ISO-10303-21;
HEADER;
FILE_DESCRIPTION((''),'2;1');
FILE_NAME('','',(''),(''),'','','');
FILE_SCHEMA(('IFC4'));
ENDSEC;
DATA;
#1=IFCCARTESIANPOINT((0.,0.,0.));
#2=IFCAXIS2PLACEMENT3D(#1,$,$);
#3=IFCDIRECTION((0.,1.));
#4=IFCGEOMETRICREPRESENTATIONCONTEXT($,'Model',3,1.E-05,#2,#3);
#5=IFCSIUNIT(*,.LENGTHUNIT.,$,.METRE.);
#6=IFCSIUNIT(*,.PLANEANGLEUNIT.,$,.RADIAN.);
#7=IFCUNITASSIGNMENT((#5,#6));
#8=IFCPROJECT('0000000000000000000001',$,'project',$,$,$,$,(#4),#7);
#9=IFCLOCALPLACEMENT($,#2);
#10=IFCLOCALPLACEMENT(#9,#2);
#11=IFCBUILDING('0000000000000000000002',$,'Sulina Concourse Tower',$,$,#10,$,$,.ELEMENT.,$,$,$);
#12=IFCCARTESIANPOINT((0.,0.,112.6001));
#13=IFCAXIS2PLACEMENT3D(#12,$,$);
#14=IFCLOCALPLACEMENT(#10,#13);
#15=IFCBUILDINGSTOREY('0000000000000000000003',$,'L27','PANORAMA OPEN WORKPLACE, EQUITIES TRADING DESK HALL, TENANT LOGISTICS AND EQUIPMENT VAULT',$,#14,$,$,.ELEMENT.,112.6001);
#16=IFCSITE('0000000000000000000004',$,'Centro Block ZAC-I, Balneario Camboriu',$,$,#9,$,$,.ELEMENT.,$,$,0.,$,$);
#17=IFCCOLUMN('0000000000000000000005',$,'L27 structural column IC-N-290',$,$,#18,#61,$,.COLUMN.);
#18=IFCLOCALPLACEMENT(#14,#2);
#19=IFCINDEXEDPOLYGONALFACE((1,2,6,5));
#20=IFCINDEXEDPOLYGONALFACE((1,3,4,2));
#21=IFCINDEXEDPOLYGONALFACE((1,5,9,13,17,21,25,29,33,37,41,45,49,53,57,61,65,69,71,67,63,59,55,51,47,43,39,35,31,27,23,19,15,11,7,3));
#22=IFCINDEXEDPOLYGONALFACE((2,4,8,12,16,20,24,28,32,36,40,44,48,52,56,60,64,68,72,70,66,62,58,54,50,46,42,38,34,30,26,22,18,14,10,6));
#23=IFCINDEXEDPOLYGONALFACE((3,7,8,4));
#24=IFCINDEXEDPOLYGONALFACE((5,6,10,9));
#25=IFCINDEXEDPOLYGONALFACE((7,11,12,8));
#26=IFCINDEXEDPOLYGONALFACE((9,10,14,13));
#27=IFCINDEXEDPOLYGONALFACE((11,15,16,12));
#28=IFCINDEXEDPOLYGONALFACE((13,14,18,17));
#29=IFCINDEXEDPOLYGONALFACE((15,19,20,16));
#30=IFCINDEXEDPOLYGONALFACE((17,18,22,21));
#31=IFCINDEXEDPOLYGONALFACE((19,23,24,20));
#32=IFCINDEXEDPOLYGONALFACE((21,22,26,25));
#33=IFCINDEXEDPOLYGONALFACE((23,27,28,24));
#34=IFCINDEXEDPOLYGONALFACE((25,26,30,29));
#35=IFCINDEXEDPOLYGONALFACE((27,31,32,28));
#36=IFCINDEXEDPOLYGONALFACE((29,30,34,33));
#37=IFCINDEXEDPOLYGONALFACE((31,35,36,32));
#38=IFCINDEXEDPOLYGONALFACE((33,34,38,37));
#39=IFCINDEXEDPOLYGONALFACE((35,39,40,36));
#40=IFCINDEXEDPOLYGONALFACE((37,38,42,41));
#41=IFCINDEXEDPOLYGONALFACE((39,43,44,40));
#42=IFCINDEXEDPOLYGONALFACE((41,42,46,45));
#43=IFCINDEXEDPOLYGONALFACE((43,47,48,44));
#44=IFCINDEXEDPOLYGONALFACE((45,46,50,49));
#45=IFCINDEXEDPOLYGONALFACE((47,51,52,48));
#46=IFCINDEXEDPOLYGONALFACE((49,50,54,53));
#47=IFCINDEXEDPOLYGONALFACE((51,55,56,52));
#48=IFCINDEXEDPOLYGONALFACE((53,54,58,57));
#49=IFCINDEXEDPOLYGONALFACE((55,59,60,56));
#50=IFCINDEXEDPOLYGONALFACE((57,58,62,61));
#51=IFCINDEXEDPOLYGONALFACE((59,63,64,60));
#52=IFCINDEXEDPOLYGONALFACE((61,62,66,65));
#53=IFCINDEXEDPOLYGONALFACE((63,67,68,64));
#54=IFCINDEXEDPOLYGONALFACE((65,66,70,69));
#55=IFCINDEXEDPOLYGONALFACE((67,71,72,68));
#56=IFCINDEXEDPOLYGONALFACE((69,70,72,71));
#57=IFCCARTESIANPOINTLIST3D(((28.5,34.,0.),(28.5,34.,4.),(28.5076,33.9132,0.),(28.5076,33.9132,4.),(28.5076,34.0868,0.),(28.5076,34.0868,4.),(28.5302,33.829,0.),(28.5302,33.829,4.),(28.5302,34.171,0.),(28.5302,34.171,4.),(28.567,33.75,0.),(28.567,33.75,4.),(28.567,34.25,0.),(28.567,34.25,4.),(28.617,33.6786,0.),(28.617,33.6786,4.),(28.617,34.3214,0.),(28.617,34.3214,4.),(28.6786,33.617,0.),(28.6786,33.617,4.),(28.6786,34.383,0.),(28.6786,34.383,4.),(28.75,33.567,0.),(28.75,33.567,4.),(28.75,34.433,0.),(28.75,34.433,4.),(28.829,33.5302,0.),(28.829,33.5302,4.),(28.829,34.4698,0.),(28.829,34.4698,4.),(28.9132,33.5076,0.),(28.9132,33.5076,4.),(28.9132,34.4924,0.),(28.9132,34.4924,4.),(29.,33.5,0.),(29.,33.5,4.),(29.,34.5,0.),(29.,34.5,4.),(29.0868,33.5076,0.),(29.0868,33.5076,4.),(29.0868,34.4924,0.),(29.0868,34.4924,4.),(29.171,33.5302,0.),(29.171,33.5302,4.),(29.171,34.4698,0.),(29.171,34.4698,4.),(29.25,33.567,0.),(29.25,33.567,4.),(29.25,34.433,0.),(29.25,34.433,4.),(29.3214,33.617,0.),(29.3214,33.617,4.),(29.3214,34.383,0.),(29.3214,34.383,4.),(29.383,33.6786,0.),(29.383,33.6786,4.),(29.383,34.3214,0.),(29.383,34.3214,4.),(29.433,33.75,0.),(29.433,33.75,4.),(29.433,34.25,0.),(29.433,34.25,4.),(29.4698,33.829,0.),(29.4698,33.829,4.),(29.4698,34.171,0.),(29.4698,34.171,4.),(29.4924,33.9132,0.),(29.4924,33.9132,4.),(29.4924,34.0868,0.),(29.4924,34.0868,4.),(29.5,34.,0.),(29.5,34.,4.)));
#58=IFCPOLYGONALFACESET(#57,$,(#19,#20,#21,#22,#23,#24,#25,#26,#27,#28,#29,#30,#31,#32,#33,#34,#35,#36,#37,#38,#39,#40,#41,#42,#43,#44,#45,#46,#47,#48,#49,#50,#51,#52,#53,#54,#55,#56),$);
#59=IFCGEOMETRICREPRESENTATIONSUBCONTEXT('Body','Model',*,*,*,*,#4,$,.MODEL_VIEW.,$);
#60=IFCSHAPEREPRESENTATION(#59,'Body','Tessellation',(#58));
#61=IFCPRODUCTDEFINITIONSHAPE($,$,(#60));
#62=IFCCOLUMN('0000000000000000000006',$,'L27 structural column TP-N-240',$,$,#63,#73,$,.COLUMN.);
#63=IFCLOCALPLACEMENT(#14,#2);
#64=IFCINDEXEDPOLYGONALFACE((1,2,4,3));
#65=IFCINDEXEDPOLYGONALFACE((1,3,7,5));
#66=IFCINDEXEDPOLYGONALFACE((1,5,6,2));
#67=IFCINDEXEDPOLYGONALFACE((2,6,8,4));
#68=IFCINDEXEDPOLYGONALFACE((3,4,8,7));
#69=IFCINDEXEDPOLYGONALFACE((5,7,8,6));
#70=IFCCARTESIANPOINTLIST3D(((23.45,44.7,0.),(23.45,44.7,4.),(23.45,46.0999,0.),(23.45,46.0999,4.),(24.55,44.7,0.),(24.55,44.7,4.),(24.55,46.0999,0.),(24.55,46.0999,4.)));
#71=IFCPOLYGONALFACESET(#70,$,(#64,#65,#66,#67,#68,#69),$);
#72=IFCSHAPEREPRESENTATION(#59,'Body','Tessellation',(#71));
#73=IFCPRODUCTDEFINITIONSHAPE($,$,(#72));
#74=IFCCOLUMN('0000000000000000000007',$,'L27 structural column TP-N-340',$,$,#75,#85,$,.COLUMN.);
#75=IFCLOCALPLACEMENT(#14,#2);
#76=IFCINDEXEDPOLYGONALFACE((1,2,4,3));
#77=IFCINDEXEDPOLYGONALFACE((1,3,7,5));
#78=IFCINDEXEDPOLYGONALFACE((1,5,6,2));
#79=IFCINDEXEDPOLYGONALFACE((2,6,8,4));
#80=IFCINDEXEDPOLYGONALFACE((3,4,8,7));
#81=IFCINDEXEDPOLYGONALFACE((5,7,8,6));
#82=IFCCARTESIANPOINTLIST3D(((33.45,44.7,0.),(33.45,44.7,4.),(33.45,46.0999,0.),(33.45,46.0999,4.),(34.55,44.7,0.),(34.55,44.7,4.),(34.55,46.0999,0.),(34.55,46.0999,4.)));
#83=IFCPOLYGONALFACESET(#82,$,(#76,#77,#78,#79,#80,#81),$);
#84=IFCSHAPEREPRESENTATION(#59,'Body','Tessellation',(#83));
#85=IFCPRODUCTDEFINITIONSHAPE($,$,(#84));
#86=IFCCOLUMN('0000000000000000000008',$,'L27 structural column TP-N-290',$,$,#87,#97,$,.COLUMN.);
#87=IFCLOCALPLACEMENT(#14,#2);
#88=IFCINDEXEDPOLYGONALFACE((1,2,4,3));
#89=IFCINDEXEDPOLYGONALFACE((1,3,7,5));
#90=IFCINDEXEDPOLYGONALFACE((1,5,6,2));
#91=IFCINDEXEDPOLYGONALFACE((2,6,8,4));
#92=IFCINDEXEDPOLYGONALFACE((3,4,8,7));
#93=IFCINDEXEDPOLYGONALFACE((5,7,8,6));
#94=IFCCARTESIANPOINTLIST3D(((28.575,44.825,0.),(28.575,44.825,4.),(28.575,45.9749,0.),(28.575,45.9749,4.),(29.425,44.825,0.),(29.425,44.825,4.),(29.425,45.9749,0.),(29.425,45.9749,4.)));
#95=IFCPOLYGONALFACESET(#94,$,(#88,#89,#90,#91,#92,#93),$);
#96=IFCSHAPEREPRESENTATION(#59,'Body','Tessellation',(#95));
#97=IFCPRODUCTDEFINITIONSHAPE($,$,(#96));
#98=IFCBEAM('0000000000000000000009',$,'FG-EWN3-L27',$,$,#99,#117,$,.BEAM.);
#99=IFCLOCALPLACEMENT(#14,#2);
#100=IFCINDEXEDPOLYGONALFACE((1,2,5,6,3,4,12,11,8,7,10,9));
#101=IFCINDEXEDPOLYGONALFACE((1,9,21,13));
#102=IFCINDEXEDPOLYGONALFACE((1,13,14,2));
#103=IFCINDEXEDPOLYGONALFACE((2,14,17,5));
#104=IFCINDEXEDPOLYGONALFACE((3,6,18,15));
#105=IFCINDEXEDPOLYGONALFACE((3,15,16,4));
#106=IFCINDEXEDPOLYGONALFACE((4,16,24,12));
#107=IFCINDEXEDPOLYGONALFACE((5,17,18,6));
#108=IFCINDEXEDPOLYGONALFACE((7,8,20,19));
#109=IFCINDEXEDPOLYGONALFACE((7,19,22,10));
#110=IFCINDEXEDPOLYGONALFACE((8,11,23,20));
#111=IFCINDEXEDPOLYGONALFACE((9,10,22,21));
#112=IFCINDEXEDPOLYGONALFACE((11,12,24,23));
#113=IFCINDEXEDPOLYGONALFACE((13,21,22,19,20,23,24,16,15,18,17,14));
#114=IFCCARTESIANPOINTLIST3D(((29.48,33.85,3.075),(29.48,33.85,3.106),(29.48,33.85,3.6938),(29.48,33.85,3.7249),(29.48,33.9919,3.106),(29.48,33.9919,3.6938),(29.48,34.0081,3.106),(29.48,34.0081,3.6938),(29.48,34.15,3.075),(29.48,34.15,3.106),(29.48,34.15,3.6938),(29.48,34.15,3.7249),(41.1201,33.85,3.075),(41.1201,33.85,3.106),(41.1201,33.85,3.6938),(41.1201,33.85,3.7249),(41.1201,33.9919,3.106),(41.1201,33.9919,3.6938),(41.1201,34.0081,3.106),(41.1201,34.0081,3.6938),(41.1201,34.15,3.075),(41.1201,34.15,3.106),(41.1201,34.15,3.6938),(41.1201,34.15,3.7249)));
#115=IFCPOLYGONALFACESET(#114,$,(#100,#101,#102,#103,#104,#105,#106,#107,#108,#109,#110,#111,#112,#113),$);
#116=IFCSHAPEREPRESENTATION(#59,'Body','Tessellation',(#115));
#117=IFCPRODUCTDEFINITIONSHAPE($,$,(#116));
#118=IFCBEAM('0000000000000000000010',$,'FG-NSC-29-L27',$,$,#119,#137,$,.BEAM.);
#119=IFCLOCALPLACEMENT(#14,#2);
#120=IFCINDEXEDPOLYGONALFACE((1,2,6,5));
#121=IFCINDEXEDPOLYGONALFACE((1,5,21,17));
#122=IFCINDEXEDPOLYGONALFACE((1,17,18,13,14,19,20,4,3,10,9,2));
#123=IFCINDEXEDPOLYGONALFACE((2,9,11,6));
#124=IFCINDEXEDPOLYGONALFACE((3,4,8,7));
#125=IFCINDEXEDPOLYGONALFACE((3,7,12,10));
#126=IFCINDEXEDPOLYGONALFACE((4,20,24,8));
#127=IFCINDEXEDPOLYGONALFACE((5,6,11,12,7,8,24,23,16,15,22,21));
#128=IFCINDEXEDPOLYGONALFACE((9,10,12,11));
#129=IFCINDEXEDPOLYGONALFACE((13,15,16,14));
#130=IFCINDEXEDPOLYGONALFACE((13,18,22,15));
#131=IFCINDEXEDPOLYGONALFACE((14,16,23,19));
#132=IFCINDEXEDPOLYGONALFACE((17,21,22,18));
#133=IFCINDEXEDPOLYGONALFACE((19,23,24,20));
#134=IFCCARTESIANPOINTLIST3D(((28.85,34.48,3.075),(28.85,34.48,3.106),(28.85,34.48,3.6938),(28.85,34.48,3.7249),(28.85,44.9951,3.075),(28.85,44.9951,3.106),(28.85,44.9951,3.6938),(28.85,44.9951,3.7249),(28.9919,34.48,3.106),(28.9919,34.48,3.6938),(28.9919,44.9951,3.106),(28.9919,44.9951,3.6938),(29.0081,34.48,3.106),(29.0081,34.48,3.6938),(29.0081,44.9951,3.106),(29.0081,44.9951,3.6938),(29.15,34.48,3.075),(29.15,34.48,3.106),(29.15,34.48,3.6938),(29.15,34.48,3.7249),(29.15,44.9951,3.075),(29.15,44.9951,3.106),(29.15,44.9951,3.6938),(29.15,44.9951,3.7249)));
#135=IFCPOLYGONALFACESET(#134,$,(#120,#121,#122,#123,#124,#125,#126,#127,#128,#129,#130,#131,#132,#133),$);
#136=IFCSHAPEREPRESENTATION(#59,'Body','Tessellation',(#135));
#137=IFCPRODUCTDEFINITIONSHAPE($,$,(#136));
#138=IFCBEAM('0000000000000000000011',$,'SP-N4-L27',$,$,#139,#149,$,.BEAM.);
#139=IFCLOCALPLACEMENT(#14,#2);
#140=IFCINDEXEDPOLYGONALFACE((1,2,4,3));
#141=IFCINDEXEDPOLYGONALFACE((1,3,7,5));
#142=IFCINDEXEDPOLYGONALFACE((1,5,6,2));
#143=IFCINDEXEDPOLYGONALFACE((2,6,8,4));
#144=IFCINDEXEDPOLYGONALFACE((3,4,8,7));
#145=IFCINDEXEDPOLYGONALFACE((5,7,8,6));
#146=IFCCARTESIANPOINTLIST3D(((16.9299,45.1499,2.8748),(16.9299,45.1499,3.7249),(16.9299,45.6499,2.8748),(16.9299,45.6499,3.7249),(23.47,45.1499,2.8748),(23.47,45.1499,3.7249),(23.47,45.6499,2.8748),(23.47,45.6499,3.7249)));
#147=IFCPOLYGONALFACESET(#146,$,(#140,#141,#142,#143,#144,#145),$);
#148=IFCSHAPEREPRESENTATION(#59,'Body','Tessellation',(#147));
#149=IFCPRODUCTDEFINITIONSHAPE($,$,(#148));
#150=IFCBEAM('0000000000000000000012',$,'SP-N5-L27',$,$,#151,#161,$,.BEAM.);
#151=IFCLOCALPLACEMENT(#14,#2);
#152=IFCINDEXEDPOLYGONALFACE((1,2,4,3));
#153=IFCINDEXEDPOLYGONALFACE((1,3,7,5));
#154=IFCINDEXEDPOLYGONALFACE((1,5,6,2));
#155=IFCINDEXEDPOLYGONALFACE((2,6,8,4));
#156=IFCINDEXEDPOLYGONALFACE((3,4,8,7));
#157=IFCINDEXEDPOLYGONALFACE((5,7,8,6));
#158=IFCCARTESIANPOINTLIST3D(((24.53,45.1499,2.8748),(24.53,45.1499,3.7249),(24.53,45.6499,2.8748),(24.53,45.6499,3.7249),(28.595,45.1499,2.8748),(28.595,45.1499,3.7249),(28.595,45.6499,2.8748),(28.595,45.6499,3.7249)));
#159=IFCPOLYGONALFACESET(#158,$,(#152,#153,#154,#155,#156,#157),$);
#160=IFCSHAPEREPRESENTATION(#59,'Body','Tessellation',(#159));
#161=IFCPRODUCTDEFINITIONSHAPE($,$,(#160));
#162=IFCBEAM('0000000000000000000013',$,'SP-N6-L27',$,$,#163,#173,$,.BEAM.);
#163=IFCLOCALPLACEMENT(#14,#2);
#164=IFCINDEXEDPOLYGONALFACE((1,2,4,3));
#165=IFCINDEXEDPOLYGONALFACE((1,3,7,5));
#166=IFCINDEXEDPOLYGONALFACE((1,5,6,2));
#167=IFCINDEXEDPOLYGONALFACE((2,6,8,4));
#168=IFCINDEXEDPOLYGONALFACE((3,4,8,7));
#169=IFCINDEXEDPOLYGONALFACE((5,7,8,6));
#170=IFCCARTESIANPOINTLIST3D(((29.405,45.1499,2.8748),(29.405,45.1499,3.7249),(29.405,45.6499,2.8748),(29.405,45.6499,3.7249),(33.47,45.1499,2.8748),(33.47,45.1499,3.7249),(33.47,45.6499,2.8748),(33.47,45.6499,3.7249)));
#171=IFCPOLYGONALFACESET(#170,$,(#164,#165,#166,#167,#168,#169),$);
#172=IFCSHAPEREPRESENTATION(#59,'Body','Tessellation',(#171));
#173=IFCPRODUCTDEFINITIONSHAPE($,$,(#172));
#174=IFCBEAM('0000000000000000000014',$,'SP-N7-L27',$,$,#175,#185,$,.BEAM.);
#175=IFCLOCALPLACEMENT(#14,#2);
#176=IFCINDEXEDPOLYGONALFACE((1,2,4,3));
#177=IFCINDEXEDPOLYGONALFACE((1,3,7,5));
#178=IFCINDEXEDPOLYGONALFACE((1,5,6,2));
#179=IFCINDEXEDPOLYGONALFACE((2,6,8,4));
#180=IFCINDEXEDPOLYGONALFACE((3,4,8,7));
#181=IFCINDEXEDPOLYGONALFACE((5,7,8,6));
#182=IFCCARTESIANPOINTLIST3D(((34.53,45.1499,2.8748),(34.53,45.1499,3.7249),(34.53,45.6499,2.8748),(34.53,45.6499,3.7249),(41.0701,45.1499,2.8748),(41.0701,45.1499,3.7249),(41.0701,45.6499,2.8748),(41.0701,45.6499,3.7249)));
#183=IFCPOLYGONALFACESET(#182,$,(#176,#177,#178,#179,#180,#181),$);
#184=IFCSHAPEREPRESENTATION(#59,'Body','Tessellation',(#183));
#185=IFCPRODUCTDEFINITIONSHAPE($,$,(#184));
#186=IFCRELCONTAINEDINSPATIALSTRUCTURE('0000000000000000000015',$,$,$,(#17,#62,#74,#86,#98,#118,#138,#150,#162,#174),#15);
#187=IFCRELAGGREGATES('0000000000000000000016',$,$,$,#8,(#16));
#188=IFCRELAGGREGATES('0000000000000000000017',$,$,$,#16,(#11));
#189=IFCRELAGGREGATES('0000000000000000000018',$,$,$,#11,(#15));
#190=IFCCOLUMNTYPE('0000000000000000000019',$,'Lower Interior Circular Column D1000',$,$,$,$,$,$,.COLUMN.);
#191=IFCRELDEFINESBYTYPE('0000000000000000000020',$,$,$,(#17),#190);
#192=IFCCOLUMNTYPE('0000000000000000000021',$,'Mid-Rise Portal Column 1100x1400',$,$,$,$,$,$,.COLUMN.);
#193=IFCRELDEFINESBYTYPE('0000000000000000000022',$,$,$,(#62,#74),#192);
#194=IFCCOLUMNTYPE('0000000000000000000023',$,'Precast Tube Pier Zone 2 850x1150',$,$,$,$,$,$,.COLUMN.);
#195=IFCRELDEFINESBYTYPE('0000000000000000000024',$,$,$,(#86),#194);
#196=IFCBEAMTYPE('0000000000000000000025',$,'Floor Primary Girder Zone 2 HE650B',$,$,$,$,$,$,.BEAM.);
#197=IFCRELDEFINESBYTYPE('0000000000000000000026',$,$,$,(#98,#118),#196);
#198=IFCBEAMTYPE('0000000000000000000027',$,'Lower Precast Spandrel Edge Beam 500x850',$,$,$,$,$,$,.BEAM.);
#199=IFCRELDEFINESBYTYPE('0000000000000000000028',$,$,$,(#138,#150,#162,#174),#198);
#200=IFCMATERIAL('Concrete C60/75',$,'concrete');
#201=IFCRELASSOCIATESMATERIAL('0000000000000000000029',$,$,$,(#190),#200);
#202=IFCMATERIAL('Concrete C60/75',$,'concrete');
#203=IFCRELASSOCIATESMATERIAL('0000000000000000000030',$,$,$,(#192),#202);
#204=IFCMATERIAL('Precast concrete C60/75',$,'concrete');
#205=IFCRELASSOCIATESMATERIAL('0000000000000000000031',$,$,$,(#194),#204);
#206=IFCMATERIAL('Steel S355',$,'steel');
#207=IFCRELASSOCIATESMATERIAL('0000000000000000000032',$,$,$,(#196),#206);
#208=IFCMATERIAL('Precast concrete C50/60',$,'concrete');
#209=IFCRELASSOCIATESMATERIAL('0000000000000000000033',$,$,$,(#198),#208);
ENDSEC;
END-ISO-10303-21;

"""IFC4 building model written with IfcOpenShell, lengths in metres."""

from ifc_helpers import new_model, si_unit, direction, frame, origin, origin_2d, place, context, subcontext, project, spatial, rectangle, circle, i_section, extrude, material, material_profile, profile_set, type_object, element, save


model = new_model("IFC4")

# Units and contexts
model_context = context("Model", 3, precision=1e-05, world=origin(), true_north=direction((0.0, 1.0)))
body_context = subcontext(model_context, "Body", "Model", "MODEL_VIEW")
ifc_project = project(units=[si_unit("LENGTHUNIT", "METRE"), si_unit("PLANEANGLEUNIT", "RADIAN")], contexts=[model_context])

# Site, building, storey
site_placement = place(None, origin())
site = spatial("IfcSite", under=ifc_project, at=site_placement, Name="Centro Block ZAC-I, Balneario Camboriu", CompositionType="ELEMENT", RefElevation=0.0)
building_placement = place(site_placement, origin())
building = spatial("IfcBuilding", under=site, at=building_placement, Name="Sulina Concourse Tower", CompositionType="ELEMENT")
storey_placement = place(building_placement, frame((0.0, 0.0, 112.6001)))
storey = spatial("IfcBuildingStorey", under=building, at=storey_placement, Name="L27", Description="PANORAMA OPEN WORKPLACE, EQUITIES TRADING DESK HALL, TENANT LOGISTICS AND EQUIPMENT VAULT", CompositionType="ELEMENT", Elevation=112.6001)

# Columns
ifc_material_1 = material(Name="Concrete C60/75", Category="concrete")
ifc_material_profile_1 = material_profile(ifc_material_1, circle(Radius=0.5, at=origin_2d()), Name="RC D1000")
ifc_profile_set_1 = profile_set([ifc_material_profile_1], Name="Concrete C60/75")
column_type_1 = type_object("IfcColumnType", Name="Lower Interior Circular Column D1000", PredefinedType="COLUMN", material=ifc_profile_set_1)
column_1_placement = place(storey_placement, frame((29.0, 34.0, 0.0), z_axis=(0.0, 0.0, 1.0), x_axis=(1.0, 0.0, 0.0)))
element("IfcColumn", 1, at=column_1_placement, inside=storey, type_object=column_type_1, Name="L27 structural column IC-N-290", PredefinedType="COLUMN", context=body_context, shape_type="SweptSolid", body=[
    extrude(circle(Radius=0.5, at=origin_2d()), origin(), (0.0, 0.0, 1.0), 4.0),
])
ifc_material_2 = material(Name="Concrete C60/75", Category="concrete")
ifc_material_profile_2 = material_profile(ifc_material_2, rectangle(XDim=1.1001, YDim=1.3999, at=origin_2d()), Name="RC 1100x1400")
ifc_profile_set_2 = profile_set([ifc_material_profile_2], Name="Concrete C60/75")
column_type_2 = type_object("IfcColumnType", Name="Mid-Rise Portal Column 1100x1400", PredefinedType="COLUMN", material=ifc_profile_set_2)
for number, where, z_axis, x_axis, name in (
    (2, (24.0, 45.3999, 0.0), (0.0, 0.0, 1.0), (1.0, 0.0, 0.0), "L27 structural column TP-N-240"),
    (3, (34.0, 45.3999, 0.0), (0.0, 0.0, 1.0), (1.0, 0.0, 0.0), "L27 structural column TP-N-340"),
):
    element("IfcColumn", number, at=place(storey_placement, frame(where, z_axis=z_axis, x_axis=x_axis)), inside=storey, type_object=column_type_2, Name=name, PredefinedType="COLUMN", context=body_context, shape_type="SweptSolid", body=[
        extrude(rectangle(XDim=1.1001, YDim=1.3999, at=origin_2d()), origin(), (0.0, 0.0, 1.0), 4.0),
    ])
ifc_material_3 = material(Name="Precast concrete C60/75", Category="concrete")
ifc_material_profile_3 = material_profile(ifc_material_3, rectangle(XDim=0.8501, YDim=1.1499, at=origin_2d()), Name="PC 850x1150")
ifc_profile_set_3 = profile_set([ifc_material_profile_3], Name="Precast concrete C60/75")
column_type_3 = type_object("IfcColumnType", Name="Precast Tube Pier Zone 2 850x1150", PredefinedType="COLUMN", material=ifc_profile_set_3)
column_2_placement = place(storey_placement, frame((29.0, 45.3999, 0.0), z_axis=(0.0, 0.0, 1.0), x_axis=(1.0, 0.0, 0.0)))
element("IfcColumn", 4, at=column_2_placement, inside=storey, type_object=column_type_3, Name="L27 structural column TP-N-290", PredefinedType="COLUMN", context=body_context, shape_type="SweptSolid", body=[
    extrude(rectangle(XDim=0.8501, YDim=1.1499, at=origin_2d()), origin(), (0.0, 0.0, 1.0), 4.0),
])

# Beams
ifc_material_4 = material(Name="Steel S355", Category="steel")
ifc_material_profile_4 = material_profile(ifc_material_4, i_section(OverallWidth=0.3, OverallDepth=0.6499, WebThickness=0.0161, FlangeThickness=0.031, at=origin_2d()), Name="HE 650 B")
ifc_profile_set_4 = profile_set([ifc_material_profile_4], Name="Steel S355")
beam_type_1 = type_object("IfcBeamType", Name="Floor Primary Girder Zone 2 HE650B", PredefinedType="BEAM", material=ifc_profile_set_4)
beam_1_placement = place(storey_placement, frame((29.48, 34.0, 3.3999), z_axis=(1.0, 0.0, 0.0), x_axis=(0.0, 1.0, 0.0)))
element("IfcBeam", 5, at=beam_1_placement, inside=storey, type_object=beam_type_1, Name="FG-EWN3-L27", PredefinedType="BEAM", context=body_context, shape_type="SweptSolid", body=[
    extrude(i_section(OverallWidth=0.3, OverallDepth=0.6499, WebThickness=0.0161, FlangeThickness=0.031, at=origin_2d()), origin(), (0.0, 0.0, 1.0), 11.6401),
])
beam_2_placement = place(storey_placement, frame((29.0, 34.48, 3.3999), z_axis=(0.0, 1.0, 0.0), x_axis=(-1.0, 0.0, 0.0)))
element("IfcBeam", 6, at=beam_2_placement, inside=storey, type_object=beam_type_1, Name="FG-NSC-29-L27", PredefinedType="BEAM", context=body_context, shape_type="SweptSolid", body=[
    extrude(i_section(OverallWidth=0.3, OverallDepth=0.6499, WebThickness=0.0161, FlangeThickness=0.031, at=origin_2d()), origin(), (0.0, 0.0, 1.0), 10.5151),
])
ifc_material_5 = material(Name="Precast concrete C50/60", Category="concrete")
ifc_material_profile_5 = material_profile(ifc_material_5, rectangle(XDim=0.5, YDim=0.8501, at=origin_2d()), Name="RC 500x850")
ifc_profile_set_5 = profile_set([ifc_material_profile_5], Name="Precast concrete C50/60")
beam_type_2 = type_object("IfcBeamType", Name="Lower Precast Spandrel Edge Beam 500x850", PredefinedType="BEAM", material=ifc_profile_set_5)
beam_3_placement = place(storey_placement, frame((16.9299, 45.3999, 3.2998), z_axis=(1.0, 0.0, 0.0), x_axis=(0.0, 1.0, 0.0)))
element("IfcBeam", 7, at=beam_3_placement, inside=storey, type_object=beam_type_2, Name="SP-N4-L27", PredefinedType="BEAM", context=body_context, shape_type="SweptSolid", body=[
    extrude(rectangle(XDim=0.5, YDim=0.8501, at=origin_2d()), origin(), (0.0, 0.0, 1.0), 6.54),
])
for number, where, z_axis, x_axis, name in (
    (8, (24.53, 45.3999, 3.2998), (1.0, 0.0, 0.0), (0.0, 1.0, 0.0), "SP-N5-L27"),
    (9, (29.405, 45.3999, 3.2998), (1.0, 0.0, 0.0), (0.0, 1.0, 0.0), "SP-N6-L27"),
):
    element("IfcBeam", number, at=place(storey_placement, frame(where, z_axis=z_axis, x_axis=x_axis)), inside=storey, type_object=beam_type_2, Name=name, PredefinedType="BEAM", context=body_context, shape_type="SweptSolid", body=[
        extrude(rectangle(XDim=0.5, YDim=0.8501, at=origin_2d()), origin(), (0.0, 0.0, 1.0), 4.0649),
    ])
beam_4_placement = place(storey_placement, frame((34.53, 45.3999, 3.2998), z_axis=(1.0, 0.0, 0.0), x_axis=(0.0, 1.0, 0.0)))
element("IfcBeam", 10, at=beam_4_placement, inside=storey, type_object=beam_type_2, Name="SP-N7-L27", PredefinedType="BEAM", context=body_context, shape_type="SweptSolid", body=[
    extrude(rectangle(XDim=0.5, YDim=0.8501, at=origin_2d()), origin(), (0.0, 0.0, 1.0), 6.54),
])

save(model, "model.ifc")
